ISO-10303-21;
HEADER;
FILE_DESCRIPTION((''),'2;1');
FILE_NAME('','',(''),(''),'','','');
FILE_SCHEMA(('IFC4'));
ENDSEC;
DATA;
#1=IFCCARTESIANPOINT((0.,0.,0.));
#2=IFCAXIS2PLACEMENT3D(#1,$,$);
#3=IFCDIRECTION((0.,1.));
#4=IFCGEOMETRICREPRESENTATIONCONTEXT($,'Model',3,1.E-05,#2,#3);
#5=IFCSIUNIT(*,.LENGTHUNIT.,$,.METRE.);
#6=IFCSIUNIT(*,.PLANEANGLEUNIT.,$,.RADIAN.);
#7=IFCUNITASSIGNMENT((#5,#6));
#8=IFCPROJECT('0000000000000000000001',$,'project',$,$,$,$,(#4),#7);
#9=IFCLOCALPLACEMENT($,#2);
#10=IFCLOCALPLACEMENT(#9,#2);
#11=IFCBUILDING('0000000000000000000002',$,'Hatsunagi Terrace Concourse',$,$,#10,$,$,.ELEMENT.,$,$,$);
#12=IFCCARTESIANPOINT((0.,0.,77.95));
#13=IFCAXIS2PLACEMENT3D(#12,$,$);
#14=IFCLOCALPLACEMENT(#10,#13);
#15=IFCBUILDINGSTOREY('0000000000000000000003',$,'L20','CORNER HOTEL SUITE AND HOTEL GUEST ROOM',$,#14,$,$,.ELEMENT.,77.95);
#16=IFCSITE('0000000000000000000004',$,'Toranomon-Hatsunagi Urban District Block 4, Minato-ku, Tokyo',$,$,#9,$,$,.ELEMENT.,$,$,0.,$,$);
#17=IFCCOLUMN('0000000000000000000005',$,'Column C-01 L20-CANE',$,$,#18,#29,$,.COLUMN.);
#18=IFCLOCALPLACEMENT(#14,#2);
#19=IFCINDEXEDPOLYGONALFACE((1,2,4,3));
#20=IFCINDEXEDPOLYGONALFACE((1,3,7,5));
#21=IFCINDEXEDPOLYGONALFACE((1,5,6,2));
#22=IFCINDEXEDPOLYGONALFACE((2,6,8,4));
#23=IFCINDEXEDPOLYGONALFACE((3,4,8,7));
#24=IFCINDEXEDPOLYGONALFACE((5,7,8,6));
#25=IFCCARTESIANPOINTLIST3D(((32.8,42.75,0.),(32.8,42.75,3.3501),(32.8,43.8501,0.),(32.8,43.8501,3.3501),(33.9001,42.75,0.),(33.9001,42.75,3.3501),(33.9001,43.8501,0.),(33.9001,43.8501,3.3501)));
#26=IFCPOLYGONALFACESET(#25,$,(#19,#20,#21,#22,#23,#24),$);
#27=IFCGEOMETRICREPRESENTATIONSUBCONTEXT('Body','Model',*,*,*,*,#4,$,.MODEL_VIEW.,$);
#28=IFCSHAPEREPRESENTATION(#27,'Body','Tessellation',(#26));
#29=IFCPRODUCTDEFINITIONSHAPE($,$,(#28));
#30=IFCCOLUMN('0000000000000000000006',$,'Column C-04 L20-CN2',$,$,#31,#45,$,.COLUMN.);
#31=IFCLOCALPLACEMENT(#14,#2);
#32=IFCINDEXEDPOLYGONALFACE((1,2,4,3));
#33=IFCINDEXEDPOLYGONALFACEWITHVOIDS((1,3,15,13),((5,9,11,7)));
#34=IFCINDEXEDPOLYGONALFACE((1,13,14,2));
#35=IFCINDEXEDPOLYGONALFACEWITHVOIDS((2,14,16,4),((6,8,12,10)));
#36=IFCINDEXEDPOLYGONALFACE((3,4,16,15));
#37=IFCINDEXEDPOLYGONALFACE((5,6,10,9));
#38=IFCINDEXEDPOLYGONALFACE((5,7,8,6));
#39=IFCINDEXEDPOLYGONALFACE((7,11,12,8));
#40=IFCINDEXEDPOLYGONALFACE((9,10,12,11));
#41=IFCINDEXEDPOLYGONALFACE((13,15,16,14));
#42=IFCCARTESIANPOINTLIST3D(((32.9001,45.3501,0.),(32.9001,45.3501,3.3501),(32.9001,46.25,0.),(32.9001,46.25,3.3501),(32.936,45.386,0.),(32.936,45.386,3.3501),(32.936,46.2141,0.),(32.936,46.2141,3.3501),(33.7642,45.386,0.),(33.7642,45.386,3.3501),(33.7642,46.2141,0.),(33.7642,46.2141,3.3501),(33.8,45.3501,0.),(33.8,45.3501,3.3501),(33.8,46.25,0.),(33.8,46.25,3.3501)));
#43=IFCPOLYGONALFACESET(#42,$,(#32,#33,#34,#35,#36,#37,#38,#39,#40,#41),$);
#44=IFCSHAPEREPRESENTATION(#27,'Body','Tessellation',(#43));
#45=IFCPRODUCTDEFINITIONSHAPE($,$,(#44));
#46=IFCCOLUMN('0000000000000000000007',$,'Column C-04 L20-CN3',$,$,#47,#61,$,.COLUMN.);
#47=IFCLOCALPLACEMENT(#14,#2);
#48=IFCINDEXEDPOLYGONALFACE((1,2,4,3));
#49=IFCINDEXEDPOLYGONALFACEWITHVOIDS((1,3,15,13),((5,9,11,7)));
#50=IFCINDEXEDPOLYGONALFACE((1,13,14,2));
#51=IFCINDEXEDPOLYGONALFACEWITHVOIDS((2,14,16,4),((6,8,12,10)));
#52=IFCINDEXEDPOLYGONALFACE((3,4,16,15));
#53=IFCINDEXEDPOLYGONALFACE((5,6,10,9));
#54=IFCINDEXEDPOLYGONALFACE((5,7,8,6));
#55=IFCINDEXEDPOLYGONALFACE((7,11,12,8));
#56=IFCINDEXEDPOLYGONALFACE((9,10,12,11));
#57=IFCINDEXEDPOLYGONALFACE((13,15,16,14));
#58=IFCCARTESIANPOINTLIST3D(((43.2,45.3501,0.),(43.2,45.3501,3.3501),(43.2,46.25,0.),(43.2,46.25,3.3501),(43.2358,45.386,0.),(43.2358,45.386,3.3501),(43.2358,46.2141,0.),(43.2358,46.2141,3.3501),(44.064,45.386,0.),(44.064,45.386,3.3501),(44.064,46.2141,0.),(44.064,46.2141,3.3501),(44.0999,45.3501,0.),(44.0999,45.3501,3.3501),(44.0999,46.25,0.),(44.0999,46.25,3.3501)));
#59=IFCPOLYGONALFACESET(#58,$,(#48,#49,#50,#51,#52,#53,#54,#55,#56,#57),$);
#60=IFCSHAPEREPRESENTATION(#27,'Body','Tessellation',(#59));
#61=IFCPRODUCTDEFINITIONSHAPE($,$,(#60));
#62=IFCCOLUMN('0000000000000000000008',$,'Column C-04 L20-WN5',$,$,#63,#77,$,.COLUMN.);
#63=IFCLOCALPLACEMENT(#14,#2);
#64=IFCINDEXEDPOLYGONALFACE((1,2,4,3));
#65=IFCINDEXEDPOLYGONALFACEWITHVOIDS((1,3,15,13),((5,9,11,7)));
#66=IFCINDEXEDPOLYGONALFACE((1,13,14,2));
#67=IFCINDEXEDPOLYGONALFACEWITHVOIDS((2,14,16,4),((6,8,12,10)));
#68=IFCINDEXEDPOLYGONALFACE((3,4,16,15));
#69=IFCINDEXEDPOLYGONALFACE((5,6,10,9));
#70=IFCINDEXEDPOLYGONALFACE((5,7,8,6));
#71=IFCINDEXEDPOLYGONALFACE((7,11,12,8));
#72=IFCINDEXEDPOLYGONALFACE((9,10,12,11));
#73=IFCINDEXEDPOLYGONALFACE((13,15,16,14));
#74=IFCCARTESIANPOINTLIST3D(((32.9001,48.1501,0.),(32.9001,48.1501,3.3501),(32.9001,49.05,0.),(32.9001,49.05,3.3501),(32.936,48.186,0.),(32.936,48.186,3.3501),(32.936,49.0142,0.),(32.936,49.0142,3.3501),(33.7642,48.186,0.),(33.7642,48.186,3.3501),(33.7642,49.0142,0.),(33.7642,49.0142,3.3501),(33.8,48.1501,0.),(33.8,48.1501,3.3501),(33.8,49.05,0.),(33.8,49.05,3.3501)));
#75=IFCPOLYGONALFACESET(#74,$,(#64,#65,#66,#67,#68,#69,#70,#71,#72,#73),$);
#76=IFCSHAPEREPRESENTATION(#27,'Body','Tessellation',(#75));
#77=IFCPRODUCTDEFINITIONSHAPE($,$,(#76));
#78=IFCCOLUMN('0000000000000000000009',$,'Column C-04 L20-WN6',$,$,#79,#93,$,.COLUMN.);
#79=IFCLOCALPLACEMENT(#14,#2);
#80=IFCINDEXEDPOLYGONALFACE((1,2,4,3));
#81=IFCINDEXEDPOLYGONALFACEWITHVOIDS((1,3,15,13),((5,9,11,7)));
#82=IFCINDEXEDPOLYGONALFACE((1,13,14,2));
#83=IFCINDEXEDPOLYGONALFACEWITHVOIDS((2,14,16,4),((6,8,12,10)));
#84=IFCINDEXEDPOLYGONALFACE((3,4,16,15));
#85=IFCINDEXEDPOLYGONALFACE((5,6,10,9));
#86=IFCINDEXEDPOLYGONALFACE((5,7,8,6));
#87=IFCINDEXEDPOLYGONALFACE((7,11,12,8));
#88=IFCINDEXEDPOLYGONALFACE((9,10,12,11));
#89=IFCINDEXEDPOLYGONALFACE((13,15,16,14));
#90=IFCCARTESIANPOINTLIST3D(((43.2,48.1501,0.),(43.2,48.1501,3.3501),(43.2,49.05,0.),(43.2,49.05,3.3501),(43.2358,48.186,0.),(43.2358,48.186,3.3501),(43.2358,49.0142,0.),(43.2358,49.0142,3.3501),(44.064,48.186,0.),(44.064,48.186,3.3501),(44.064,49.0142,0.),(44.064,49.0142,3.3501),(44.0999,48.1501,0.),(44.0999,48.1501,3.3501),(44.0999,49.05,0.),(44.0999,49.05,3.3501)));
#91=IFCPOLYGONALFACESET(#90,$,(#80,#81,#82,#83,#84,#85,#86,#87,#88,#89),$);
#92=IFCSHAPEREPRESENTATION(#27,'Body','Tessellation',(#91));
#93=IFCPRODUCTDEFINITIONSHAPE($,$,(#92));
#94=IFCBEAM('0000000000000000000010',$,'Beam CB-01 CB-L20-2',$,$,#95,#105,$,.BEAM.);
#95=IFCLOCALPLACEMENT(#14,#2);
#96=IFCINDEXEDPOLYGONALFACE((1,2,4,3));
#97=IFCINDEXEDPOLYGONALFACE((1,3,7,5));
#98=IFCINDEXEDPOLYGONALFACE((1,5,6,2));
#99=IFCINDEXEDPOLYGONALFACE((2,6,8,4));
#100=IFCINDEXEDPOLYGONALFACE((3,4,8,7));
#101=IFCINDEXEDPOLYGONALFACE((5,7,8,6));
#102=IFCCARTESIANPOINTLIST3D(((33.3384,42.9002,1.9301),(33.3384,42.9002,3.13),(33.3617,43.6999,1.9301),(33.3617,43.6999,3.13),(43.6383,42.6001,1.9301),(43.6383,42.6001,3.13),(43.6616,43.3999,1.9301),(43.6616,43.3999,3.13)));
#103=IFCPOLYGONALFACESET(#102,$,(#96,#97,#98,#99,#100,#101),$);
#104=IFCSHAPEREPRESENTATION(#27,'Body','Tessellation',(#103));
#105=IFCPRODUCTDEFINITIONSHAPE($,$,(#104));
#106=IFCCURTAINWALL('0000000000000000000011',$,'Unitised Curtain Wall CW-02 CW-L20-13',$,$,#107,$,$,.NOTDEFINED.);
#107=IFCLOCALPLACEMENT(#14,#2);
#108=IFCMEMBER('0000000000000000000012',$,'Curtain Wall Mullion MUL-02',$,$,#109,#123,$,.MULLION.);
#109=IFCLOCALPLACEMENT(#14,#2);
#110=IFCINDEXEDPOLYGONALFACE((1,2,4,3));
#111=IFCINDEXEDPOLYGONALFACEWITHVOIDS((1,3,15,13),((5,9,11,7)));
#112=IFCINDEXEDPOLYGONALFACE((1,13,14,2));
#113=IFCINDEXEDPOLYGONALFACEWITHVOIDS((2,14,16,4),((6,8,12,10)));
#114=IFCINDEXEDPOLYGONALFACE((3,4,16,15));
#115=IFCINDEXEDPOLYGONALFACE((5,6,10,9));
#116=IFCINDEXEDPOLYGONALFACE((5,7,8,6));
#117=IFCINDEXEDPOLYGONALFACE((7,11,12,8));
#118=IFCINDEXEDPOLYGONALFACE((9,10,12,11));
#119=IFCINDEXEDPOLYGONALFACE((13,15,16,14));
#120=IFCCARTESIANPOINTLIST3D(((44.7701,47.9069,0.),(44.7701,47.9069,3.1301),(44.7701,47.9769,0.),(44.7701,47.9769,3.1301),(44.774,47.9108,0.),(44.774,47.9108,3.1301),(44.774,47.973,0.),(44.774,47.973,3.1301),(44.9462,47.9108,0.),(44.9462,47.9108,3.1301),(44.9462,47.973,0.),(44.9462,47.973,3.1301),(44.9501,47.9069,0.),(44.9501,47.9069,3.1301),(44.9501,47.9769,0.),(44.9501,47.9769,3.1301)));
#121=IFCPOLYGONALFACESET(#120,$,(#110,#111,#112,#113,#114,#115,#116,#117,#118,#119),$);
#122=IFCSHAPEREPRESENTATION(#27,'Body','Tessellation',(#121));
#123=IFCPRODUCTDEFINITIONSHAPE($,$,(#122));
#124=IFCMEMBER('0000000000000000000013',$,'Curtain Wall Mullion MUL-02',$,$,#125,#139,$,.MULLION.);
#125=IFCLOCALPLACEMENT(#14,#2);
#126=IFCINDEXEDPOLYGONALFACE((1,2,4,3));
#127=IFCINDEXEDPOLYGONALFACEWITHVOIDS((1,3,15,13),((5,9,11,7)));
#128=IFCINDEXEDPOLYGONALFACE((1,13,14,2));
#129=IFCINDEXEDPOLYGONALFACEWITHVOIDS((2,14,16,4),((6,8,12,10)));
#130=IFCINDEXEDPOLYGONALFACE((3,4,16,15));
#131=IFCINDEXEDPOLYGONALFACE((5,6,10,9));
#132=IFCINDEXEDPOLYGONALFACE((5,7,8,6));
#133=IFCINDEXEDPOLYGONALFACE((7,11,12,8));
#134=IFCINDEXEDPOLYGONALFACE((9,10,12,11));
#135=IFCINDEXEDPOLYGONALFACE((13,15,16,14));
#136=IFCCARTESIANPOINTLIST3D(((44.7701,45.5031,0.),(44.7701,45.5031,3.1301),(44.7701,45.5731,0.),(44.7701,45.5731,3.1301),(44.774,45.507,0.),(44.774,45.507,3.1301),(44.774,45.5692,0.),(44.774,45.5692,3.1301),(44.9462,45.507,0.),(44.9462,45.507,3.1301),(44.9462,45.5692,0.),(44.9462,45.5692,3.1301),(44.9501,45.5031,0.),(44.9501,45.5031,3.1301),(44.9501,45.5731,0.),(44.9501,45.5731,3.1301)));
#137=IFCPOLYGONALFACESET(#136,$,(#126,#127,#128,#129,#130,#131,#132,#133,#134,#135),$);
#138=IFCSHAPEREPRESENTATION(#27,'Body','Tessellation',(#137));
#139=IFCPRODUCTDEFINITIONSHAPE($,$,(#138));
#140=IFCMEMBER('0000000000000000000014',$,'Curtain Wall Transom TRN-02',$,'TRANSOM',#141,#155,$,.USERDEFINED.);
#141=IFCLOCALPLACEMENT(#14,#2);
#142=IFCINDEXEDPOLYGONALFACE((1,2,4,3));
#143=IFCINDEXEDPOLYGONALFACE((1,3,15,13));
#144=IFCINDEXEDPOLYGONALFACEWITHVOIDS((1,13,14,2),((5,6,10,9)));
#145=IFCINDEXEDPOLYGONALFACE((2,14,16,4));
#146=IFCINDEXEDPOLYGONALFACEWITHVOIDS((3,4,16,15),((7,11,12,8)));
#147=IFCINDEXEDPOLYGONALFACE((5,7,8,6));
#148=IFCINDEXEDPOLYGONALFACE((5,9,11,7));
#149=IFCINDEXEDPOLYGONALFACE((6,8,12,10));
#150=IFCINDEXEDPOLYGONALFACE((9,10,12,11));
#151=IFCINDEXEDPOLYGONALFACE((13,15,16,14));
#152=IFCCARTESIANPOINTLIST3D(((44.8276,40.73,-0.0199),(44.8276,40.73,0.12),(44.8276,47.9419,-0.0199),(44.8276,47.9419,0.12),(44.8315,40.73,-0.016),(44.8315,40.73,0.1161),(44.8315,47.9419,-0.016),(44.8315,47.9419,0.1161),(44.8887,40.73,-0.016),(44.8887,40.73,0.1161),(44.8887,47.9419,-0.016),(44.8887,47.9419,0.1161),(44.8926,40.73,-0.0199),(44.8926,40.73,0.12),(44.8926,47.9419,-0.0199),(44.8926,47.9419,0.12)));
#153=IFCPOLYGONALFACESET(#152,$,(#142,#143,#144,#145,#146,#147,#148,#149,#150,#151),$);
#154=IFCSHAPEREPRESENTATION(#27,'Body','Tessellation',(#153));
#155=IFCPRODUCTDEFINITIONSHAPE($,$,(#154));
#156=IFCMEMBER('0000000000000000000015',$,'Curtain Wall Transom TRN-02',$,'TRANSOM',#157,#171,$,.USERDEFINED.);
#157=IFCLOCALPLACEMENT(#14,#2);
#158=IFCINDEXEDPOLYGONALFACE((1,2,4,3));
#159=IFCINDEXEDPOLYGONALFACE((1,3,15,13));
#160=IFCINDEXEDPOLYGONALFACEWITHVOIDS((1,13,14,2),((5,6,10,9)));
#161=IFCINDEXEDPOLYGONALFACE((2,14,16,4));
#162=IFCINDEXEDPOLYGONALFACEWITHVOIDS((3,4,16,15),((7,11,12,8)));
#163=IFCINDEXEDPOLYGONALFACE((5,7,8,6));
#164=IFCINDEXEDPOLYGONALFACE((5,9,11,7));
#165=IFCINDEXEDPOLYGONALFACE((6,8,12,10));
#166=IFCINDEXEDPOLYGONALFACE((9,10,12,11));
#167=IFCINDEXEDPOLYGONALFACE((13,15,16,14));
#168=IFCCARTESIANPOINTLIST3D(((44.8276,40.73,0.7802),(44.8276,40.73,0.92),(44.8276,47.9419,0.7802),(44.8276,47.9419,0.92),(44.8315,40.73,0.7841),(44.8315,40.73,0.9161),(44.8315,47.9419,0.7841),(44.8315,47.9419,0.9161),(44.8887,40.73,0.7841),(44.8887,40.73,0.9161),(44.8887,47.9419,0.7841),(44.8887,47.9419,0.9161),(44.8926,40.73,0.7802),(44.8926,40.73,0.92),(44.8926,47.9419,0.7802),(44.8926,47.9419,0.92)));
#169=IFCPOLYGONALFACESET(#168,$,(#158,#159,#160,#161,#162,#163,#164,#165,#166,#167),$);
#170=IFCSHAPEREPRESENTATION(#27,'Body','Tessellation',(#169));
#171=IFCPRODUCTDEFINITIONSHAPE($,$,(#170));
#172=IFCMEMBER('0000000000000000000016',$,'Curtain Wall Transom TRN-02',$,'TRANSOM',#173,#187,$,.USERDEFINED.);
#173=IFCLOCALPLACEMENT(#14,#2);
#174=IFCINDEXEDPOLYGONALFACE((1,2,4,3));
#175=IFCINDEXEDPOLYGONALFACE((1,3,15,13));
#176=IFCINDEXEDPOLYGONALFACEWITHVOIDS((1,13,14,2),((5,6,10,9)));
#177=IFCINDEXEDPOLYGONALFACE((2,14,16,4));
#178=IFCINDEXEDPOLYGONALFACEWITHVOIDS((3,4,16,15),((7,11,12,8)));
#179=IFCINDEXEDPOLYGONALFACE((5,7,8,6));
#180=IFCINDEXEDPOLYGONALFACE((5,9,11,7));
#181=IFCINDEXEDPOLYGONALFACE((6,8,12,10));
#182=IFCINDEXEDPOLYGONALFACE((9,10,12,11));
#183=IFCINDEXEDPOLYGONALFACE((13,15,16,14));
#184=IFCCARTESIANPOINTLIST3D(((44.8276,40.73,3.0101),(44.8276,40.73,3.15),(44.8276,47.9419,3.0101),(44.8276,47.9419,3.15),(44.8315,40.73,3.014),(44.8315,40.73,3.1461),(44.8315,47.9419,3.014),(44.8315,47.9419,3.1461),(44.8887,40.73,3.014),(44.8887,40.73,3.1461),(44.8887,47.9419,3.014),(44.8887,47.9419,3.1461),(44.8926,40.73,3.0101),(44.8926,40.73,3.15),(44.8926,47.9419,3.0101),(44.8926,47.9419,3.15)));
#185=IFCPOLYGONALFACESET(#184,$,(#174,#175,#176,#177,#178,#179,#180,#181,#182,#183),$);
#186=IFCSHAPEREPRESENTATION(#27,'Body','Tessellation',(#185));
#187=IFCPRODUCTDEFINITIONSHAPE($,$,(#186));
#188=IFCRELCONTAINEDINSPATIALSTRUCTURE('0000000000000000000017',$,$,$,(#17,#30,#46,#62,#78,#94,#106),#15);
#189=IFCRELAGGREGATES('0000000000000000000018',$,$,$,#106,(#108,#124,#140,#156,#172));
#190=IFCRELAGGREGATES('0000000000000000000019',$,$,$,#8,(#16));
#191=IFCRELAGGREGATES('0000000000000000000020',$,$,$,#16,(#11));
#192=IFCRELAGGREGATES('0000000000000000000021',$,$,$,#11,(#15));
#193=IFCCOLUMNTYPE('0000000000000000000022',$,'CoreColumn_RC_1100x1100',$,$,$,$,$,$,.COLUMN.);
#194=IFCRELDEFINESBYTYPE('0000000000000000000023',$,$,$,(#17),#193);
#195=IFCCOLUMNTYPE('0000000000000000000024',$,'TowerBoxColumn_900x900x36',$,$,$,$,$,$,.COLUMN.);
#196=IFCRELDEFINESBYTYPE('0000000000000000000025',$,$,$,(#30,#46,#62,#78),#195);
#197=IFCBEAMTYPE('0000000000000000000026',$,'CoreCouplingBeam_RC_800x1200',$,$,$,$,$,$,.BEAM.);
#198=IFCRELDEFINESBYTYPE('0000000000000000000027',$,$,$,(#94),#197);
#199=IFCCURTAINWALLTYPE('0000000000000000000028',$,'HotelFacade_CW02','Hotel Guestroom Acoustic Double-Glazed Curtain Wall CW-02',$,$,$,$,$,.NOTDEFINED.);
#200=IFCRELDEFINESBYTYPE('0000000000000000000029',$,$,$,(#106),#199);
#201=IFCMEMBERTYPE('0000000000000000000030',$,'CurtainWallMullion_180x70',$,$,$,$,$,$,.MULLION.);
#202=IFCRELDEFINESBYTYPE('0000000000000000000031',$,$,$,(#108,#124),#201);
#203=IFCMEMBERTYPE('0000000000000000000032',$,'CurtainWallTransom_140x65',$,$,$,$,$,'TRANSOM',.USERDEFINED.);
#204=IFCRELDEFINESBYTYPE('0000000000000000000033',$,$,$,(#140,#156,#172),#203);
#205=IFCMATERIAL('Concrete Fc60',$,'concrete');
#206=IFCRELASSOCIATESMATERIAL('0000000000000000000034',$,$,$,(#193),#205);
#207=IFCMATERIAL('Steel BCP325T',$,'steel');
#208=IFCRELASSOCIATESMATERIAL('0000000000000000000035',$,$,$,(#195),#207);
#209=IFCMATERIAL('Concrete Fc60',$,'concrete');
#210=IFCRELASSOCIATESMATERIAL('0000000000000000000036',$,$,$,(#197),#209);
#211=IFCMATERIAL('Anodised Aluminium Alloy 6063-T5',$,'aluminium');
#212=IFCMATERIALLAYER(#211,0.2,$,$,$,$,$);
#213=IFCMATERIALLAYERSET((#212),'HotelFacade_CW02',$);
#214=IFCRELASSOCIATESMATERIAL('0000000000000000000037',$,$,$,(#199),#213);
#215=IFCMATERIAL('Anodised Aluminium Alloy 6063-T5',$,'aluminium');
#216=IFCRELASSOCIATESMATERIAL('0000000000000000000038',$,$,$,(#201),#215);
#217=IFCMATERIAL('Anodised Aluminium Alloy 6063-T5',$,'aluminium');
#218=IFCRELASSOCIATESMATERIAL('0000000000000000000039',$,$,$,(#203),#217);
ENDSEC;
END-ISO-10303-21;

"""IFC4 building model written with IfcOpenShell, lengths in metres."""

from ifc_helpers import new_model, si_unit, direction, frame, origin, origin_2d, place, context, subcontext, project, spatial, rectangle, hollow_rectangle, extrude, material, layer, layer_set, material_profile, profile_set, type_object, element, aggregate, save


model = new_model("IFC4")

# Units and contexts
model_context = context("Model", 3, precision=1e-05, world=origin(), true_north=direction((0.0, 1.0)))
body_context = subcontext(model_context, "Body", "Model", "MODEL_VIEW")
ifc_project = project(units=[si_unit("LENGTHUNIT", "METRE"), si_unit("PLANEANGLEUNIT", "RADIAN")], contexts=[model_context])

# Site, building, storey
site_placement = place(None, origin())
site = spatial("IfcSite", under=ifc_project, at=site_placement, Name="Toranomon-Hatsunagi Urban District Block 4, Minato-ku, Tokyo", CompositionType="ELEMENT", RefElevation=0.0)
building_placement = place(site_placement, origin())
building = spatial("IfcBuilding", under=site, at=building_placement, Name="Hatsunagi Terrace Concourse", CompositionType="ELEMENT")
storey_placement = place(building_placement, frame((0.0, 0.0, 77.95)))
storey = spatial("IfcBuildingStorey", under=building, at=storey_placement, Name="L20", Description="CORNER HOTEL SUITE AND HOTEL GUEST ROOM", CompositionType="ELEMENT", Elevation=77.95)

# Columns
ifc_material_1 = material(Name="Concrete Fc60", Category="concrete")
ifc_material_profile_1 = material_profile(ifc_material_1, rectangle(XDim=1.1001, YDim=1.1001, at=origin_2d()), Name="RC-1100x1100")
ifc_profile_set_1 = profile_set([ifc_material_profile_1], Name="Concrete Fc60")
column_type_1 = type_object("IfcColumnType", Name="CoreColumn_RC_1100x1100", PredefinedType="COLUMN", material=ifc_profile_set_1)
column_placement = place(storey_placement, frame((33.3501, 43.3, 0.0), z_axis=(0.0, 0.0, 1.0), x_axis=(1.0, 0.0, 0.0)))
element("IfcColumn", 1, at=column_placement, inside=storey, type_object=column_type_1, Name="Column C-01 L20-CANE", PredefinedType="COLUMN", context=body_context, shape_type="SweptSolid", body=[
    extrude(rectangle(XDim=1.1001, YDim=1.1001, at=origin_2d()), origin(), (0.0, 0.0, 1.0), 3.3501),
])
ifc_material_2 = material(Name="Steel BCP325T", Category="steel")
ifc_material_profile_2 = material_profile(ifc_material_2, hollow_rectangle(XDim=0.8999, YDim=0.8999, WallThickness=0.0359, at=origin_2d()), Name="BCP-900x900x36")
ifc_profile_set_2 = profile_set([ifc_material_profile_2], Name="Steel BCP325T")
column_type_2 = type_object("IfcColumnType", Name="TowerBoxColumn_900x900x36", PredefinedType="COLUMN", material=ifc_profile_set_2)
for number, where, z_axis, x_axis, name in (
    (2, (33.3501, 45.8, 0.0), (0.0, 0.0, 1.0), (1.0, 0.0, 0.0), "Column C-04 L20-CN2"),
    (3, (43.6499, 45.8, 0.0), (0.0, 0.0, 1.0), (1.0, 0.0, 0.0), "Column C-04 L20-CN3"),
    (4, (33.3501, 48.6001, 0.0), (0.0, 0.0, 1.0), (1.0, 0.0, 0.0), "Column C-04 L20-WN5"),
    (5, (43.6499, 48.6001, 0.0), (0.0, 0.0, 1.0), (1.0, 0.0, 0.0), "Column C-04 L20-WN6"),
):
    element("IfcColumn", number, at=place(storey_placement, frame(where, z_axis=z_axis, x_axis=x_axis)), inside=storey, type_object=column_type_2, Name=name, PredefinedType="COLUMN", context=body_context, shape_type="SweptSolid", body=[
        extrude(hollow_rectangle(XDim=0.8999, YDim=0.8999, WallThickness=0.0359, at=origin_2d()), origin(), (0.0, 0.0, 1.0), 3.3501),
    ])

# Beam
ifc_material_3 = material(Name="Concrete Fc60", Category="concrete")
ifc_material_profile_3 = material_profile(ifc_material_3, rectangle(XDim=0.8, YDim=1.2, at=origin_2d()), Name="RC-800x1200")
ifc_profile_set_3 = profile_set([ifc_material_profile_3], Name="Concrete Fc60")
beam_type_1 = type_object("IfcBeamType", Name="CoreCouplingBeam_RC_800x1200", PredefinedType="BEAM", material=ifc_profile_set_3)
beam_1_placement = place(storey_placement, frame((33.3501, 43.3, 2.53), z_axis=(0.999576, -0.029119, 0.0), x_axis=(0.029119, 0.999576, 0.0)))
element("IfcBeam", 6, at=beam_1_placement, inside=storey, type_object=beam_type_1, Name="Beam CB-01 CB-L20-2", PredefinedType="BEAM", context=body_context, shape_type="SweptSolid", body=[
    extrude(rectangle(XDim=0.8, YDim=1.2, at=origin_2d()), origin(), (0.0, 0.0, 1.0), 10.3042),
])

# Curtain wall, members
ifc_material_4 = material(Name="Anodised Aluminium Alloy 6063-T5", Category="aluminium")
ifc_layer_1 = layer(ifc_material_4, 0.2)
ifc_layer_set_1 = layer_set([ifc_layer_1], Name="HotelFacade_CW02")
curtain_wall_type = type_object("IfcCurtainWallType", Name="HotelFacade_CW02", Description="Hotel Guestroom Acoustic Double-Glazed Curtain Wall CW-02", PredefinedType="NOTDEFINED", material=ifc_layer_set_1)
curtain_wall_placement = place(storey_placement, origin())
curtain_wall = element("IfcCurtainWall", 7, at=curtain_wall_placement, inside=storey, type_object=curtain_wall_type, Name="Unitised Curtain Wall CW-02 CW-L20-13", PredefinedType="NOTDEFINED")
ifc_material_5 = material(Name="Anodised Aluminium Alloy 6063-T5", Category="aluminium")
ifc_material_profile_4 = material_profile(ifc_material_5, hollow_rectangle(XDim=0.0701, YDim=0.1799, WallThickness=0.0039, at=origin_2d()), Name="ALU-MUL-180x70x4")
ifc_profile_set_4 = profile_set([ifc_material_profile_4], Name="Anodised Aluminium Alloy 6063-T5")
member_type_1 = type_object("IfcMemberType", Name="CurtainWallMullion_180x70", PredefinedType="MULLION", material=ifc_profile_set_4)
member_1_placement = place(storey_placement, frame((44.8601, 47.9419, 0.0), z_axis=(0.0, 0.0, 1.0), x_axis=(0.0, -1.0, 0.0)))
member_1 = element("IfcMember", 8, at=member_1_placement, type_object=member_type_1, Name="Curtain Wall Mullion MUL-02", PredefinedType="MULLION", context=body_context, shape_type="SweptSolid", body=[
    extrude(hollow_rectangle(XDim=0.0701, YDim=0.1799, WallThickness=0.0039, at=origin_2d()), origin(), (0.0, 0.0, 1.0), 3.1301),
])
member_2_placement = place(storey_placement, frame((44.8601, 45.5381, 0.0), z_axis=(0.0, 0.0, 1.0), x_axis=(0.0, -1.0, 0.0)))
member_2 = element("IfcMember", 9, at=member_2_placement, type_object=member_type_1, Name="Curtain Wall Mullion MUL-02", PredefinedType="MULLION", context=body_context, shape_type="SweptSolid", body=[
    extrude(hollow_rectangle(XDim=0.0701, YDim=0.1799, WallThickness=0.0039, at=origin_2d()), origin(), (0.0, 0.0, 1.0), 3.1301),
])
ifc_material_6 = material(Name="Anodised Aluminium Alloy 6063-T5", Category="aluminium")
ifc_material_profile_5 = material_profile(ifc_material_6, hollow_rectangle(XDim=0.0649, YDim=0.1399, WallThickness=0.0039, at=origin_2d()), Name="ALU-TRN-140x65x4")
ifc_profile_set_5 = profile_set([ifc_material_profile_5], Name="Anodised Aluminium Alloy 6063-T5")
member_type_2 = type_object("IfcMemberType", Name="CurtainWallTransom_140x65", ElementType="TRANSOM", PredefinedType="USERDEFINED", material=ifc_profile_set_5)
member_3_placement = place(storey_placement, frame((44.8601, 47.9419, 0.05), z_axis=(0.0, -1.0, 0.0), x_axis=(1.0, 0.0, 0.0)))
member_3 = element("IfcMember", 10, at=member_3_placement, type_object=member_type_2, Name="Curtain Wall Transom TRN-02", ObjectType="TRANSOM", PredefinedType="USERDEFINED", context=body_context, shape_type="SweptSolid", body=[
    extrude(hollow_rectangle(XDim=0.0649, YDim=0.1399, WallThickness=0.0039, at=origin_2d()), origin(), (0.0, 0.0, 1.0), 7.2119),
])
member_4_placement = place(storey_placement, frame((44.8601, 47.9419, 0.8501), z_axis=(0.0, -1.0, 0.0), x_axis=(1.0, 0.0, 0.0)))
member_4 = element("IfcMember", 11, at=member_4_placement, type_object=member_type_2, Name="Curtain Wall Transom TRN-02", ObjectType="TRANSOM", PredefinedType="USERDEFINED", context=body_context, shape_type="SweptSolid", body=[
    extrude(hollow_rectangle(XDim=0.0649, YDim=0.1399, WallThickness=0.0039, at=origin_2d()), origin(), (0.0, 0.0, 1.0), 7.2119),
])
member_5_placement = place(storey_placement, frame((44.8601, 47.9419, 3.0801), z_axis=(0.0, -1.0, 0.0), x_axis=(1.0, 0.0, 0.0)))
member_5 = element("IfcMember", 12, at=member_5_placement, type_object=member_type_2, Name="Curtain Wall Transom TRN-02", ObjectType="TRANSOM", PredefinedType="USERDEFINED", context=body_context, shape_type="SweptSolid", body=[
    extrude(hollow_rectangle(XDim=0.0649, YDim=0.1399, WallThickness=0.0039, at=origin_2d()), origin(), (0.0, 0.0, 1.0), 7.2119),
])

aggregate(curtain_wall, [member_1, member_2, member_3, member_4, member_5])

save(model, "model.ifc")
